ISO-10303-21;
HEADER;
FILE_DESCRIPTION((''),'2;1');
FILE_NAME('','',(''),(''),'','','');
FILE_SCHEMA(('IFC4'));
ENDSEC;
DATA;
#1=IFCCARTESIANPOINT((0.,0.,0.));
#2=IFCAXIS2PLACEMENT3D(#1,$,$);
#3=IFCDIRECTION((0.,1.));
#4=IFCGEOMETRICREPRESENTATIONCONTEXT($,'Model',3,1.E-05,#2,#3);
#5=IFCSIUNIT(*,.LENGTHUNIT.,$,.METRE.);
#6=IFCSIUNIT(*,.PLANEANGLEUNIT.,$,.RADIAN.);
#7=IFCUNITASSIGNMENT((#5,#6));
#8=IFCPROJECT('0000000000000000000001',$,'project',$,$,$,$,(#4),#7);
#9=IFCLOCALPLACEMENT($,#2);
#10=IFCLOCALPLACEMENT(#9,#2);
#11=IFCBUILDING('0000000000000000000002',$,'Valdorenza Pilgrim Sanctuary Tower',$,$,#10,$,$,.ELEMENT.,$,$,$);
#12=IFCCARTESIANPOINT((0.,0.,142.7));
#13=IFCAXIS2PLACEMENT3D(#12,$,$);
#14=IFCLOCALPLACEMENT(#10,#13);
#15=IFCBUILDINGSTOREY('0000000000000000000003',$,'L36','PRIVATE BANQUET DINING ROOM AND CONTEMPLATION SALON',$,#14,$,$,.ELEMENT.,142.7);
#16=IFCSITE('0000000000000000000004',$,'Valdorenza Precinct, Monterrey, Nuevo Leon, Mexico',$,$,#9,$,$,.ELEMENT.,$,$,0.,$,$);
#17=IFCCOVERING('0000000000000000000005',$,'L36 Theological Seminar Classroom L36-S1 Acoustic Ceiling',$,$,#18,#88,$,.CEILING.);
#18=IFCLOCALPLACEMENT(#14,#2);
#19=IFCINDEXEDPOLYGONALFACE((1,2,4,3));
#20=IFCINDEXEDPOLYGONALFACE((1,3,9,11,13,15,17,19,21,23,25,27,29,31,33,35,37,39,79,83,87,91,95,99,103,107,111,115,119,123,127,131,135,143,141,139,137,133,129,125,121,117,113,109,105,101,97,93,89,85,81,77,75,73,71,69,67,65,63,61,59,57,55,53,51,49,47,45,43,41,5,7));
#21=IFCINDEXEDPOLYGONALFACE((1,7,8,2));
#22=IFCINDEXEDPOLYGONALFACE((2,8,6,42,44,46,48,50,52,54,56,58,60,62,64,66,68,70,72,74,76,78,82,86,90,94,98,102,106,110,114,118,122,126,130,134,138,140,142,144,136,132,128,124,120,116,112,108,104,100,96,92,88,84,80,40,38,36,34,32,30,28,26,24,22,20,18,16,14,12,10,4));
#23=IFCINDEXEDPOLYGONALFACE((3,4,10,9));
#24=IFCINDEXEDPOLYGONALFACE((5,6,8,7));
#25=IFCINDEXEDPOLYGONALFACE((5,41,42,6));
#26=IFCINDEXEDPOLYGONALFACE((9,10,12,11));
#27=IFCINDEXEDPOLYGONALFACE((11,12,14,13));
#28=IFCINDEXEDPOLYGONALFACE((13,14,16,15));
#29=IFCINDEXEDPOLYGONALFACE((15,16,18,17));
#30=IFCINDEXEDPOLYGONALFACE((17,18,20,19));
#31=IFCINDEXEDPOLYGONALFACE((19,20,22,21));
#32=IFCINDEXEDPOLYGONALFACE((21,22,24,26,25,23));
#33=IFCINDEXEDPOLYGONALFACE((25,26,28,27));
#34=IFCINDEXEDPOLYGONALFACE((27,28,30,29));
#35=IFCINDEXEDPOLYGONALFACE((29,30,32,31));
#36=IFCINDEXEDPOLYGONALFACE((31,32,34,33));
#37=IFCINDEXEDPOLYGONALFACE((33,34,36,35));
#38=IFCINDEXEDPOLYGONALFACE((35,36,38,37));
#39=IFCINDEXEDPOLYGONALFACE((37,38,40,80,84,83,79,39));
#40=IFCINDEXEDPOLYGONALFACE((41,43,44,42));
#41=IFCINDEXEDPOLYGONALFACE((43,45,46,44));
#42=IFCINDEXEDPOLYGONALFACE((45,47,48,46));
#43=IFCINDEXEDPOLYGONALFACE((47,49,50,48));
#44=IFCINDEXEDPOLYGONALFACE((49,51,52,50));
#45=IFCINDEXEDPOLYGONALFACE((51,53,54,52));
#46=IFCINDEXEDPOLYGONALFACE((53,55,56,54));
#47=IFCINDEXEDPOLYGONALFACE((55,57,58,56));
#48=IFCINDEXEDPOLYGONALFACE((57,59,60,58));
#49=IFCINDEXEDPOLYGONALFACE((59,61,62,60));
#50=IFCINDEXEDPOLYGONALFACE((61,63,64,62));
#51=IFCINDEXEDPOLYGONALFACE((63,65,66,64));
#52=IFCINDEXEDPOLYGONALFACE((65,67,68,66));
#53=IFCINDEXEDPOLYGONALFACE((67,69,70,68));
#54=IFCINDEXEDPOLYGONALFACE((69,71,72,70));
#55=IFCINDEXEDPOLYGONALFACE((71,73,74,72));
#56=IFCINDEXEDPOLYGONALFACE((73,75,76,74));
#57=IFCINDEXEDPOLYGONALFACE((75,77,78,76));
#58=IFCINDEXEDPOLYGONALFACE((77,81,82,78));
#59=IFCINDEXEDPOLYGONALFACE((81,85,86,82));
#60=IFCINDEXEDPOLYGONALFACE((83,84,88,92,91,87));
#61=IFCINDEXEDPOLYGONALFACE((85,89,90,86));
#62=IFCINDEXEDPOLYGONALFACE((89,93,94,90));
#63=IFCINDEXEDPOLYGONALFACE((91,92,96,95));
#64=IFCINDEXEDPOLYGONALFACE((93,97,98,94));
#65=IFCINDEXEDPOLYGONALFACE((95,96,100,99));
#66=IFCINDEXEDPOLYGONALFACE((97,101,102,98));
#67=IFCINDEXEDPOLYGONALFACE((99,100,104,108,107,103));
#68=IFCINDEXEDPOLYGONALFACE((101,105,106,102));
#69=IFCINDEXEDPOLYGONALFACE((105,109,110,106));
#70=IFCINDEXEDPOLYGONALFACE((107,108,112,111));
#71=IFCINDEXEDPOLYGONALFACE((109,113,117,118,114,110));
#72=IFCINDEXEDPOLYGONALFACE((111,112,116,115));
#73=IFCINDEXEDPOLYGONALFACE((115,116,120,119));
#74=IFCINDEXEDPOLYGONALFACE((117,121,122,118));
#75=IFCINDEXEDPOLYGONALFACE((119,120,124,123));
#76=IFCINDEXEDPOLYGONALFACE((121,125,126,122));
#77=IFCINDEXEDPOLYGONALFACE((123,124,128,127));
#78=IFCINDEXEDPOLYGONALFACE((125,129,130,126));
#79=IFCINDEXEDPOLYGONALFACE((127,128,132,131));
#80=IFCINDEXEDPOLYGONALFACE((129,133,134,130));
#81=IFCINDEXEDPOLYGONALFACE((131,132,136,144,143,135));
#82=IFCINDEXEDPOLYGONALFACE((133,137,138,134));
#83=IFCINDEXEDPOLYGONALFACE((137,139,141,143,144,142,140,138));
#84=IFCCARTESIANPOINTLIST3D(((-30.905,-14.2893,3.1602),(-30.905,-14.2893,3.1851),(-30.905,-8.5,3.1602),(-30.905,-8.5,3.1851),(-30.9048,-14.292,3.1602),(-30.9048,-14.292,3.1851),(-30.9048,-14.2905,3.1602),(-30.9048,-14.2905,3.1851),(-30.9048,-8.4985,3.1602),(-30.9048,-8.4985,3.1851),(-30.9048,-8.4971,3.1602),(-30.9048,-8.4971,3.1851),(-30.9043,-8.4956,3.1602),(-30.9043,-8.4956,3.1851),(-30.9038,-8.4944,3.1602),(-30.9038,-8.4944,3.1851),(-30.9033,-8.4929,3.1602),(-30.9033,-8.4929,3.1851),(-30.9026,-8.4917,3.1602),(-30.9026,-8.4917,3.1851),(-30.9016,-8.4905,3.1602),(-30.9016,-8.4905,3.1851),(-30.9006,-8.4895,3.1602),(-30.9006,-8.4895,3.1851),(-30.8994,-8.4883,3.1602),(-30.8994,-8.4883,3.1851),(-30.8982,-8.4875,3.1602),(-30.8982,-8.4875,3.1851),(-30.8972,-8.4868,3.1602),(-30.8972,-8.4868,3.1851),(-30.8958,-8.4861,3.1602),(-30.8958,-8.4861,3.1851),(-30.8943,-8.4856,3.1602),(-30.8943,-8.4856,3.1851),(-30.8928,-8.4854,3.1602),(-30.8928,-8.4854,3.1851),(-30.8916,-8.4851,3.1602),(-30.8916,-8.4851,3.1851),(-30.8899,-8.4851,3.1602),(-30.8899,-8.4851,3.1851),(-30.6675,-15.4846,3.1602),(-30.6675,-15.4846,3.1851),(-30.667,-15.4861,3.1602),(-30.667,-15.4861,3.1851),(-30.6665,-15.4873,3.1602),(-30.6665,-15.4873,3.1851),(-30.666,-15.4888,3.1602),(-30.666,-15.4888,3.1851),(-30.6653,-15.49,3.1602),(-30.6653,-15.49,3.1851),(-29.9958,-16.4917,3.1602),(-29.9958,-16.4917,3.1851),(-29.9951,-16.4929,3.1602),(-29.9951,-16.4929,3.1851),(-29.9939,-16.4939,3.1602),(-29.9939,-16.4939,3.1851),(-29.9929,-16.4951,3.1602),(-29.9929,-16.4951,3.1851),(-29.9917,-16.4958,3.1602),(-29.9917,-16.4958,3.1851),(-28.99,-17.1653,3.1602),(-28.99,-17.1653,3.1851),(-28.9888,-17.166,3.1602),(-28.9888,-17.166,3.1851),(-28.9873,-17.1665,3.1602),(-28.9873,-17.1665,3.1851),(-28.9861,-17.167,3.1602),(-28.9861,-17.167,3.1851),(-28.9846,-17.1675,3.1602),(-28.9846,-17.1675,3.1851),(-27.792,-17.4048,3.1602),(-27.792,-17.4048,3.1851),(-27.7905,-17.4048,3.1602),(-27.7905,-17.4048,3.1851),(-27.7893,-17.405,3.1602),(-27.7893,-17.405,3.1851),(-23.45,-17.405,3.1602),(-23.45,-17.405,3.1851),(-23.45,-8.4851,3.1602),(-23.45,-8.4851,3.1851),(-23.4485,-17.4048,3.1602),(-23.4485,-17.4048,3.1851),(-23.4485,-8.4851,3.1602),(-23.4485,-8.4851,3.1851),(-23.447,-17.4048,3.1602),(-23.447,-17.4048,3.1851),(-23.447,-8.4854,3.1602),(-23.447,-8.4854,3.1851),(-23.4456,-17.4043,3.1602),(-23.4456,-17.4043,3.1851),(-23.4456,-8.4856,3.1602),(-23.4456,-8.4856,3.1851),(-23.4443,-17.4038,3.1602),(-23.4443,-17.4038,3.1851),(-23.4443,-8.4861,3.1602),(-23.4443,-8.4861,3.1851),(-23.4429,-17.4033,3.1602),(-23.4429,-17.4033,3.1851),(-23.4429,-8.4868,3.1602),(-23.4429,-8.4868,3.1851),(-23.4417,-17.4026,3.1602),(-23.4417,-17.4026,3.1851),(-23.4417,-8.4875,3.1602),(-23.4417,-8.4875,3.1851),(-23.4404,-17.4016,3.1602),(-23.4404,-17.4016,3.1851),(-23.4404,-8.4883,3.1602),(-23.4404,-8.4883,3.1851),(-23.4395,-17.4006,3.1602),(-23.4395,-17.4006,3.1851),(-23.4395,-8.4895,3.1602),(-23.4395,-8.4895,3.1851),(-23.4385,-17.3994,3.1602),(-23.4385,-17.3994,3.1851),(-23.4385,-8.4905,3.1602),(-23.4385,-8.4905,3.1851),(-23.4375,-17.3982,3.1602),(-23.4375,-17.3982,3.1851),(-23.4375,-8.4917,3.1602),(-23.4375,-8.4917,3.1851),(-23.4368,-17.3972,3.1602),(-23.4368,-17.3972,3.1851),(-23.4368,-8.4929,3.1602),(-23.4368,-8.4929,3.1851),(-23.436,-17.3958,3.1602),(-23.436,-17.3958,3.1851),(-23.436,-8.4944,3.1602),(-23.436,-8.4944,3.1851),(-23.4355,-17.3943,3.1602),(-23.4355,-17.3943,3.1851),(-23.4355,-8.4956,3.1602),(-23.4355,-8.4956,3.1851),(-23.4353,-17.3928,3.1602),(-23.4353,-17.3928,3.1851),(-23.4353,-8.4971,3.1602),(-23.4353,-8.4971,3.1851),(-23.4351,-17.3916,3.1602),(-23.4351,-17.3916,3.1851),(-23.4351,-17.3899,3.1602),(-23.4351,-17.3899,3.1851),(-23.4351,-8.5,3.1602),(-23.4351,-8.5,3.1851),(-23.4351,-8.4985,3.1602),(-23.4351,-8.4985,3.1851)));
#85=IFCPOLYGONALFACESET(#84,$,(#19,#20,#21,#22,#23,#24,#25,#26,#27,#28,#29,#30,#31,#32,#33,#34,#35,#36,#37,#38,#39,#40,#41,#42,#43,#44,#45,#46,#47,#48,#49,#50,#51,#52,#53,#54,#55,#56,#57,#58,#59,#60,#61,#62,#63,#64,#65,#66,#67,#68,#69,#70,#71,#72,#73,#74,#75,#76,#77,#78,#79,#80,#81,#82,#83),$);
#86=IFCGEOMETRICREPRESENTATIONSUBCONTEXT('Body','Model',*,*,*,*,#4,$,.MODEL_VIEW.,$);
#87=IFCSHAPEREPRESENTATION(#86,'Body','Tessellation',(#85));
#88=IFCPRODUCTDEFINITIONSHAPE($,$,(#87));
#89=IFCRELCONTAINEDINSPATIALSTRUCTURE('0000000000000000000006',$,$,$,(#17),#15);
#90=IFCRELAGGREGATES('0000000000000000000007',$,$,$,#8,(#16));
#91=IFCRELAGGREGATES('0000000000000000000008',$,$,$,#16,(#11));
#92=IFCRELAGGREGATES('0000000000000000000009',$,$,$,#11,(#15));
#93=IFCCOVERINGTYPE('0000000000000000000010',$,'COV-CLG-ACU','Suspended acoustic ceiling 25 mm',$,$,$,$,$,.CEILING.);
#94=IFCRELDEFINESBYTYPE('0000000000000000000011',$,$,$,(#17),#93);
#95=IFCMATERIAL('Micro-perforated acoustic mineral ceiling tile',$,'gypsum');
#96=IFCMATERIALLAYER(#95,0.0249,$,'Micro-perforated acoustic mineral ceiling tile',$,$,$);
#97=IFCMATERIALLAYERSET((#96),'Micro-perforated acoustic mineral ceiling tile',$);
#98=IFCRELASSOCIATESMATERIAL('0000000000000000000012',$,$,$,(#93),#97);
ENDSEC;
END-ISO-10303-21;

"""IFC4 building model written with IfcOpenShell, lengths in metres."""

from ifc_helpers import new_model, si_unit, direction, frame, origin, place, context, subcontext, project, spatial, polyline, outline, extrude, material, layer, layer_set, type_object, element, save


model = new_model("IFC4")

# Units and contexts
model_context = context("Model", 3, precision=1e-05, world=origin(), true_north=direction((0.0, 1.0)))
body_context = subcontext(model_context, "Body", "Model", "MODEL_VIEW")
ifc_project = project(units=[si_unit("LENGTHUNIT", "METRE"), si_unit("PLANEANGLEUNIT", "RADIAN")], contexts=[model_context])

# Site, building, storey
site_placement = place(None, origin())
site = spatial("IfcSite", under=ifc_project, at=site_placement, Name="Valdorenza Precinct, Monterrey, Nuevo Leon, Mexico", CompositionType="ELEMENT", RefElevation=0.0)
building_placement = place(site_placement, origin())
building = spatial("IfcBuilding", under=site, at=building_placement, Name="Valdorenza Pilgrim Sanctuary Tower", CompositionType="ELEMENT")
storey_placement = place(building_placement, frame((0.0, 0.0, 142.7)))
storey = spatial("IfcBuildingStorey", under=building, at=storey_placement, Name="L36", Description="PRIVATE BANQUET DINING ROOM AND CONTEMPLATION SALON", CompositionType="ELEMENT", Elevation=142.7)

# Covering
ifc_material_1 = material(Name="Micro-perforated acoustic mineral ceiling tile", Category="gypsum")
ifc_layer_1 = layer(ifc_material_1, 0.0249, Name="Micro-perforated acoustic mineral ceiling tile")
ifc_layer_set_1 = layer_set([ifc_layer_1], Name="Micro-perforated acoustic mineral ceiling tile")
covering_type_1 = type_object("IfcCoveringType", Name="COV-CLG-ACU", Description="Suspended acoustic ceiling 25 mm", PredefinedType="CEILING", material=ifc_layer_set_1)
covering_1_placement = place(storey_placement, frame((0.0, 0.0, 3.1602)))
element("IfcCovering", 1, at=covering_1_placement, inside=storey, type_object=covering_type_1, Name="L36 Theological Seminar Classroom L36-S1 Acoustic Ceiling", PredefinedType="CEILING", context=body_context, shape_type="SweptSolid", body=[
    extrude(outline(polyline([(-23.4351, -17.3899), (-23.4351, -17.3916), (-23.4353, -17.3928), (-23.4355, -17.3943), (-23.436, -17.3958), (-23.4368, -17.3972), (-23.4375, -17.3982), (-23.4385, -17.3994), (-23.4395, -17.4006), (-23.4404, -17.4016), (-23.4417, -17.4026), (-23.4429, -17.4033), (-23.4443, -17.4038), (-23.4456, -17.4043), (-23.447, -17.4048), (-23.4485, -17.4048), (-23.45, -17.405), (-27.7893, -17.405), (-27.7905, -17.4048), (-27.792, -17.4048), (-28.9846, -17.1675), (-28.9861, -17.167), (-28.9873, -17.1665), (-28.9888, -17.166), (-28.99, -17.1653), (-29.9917, -16.4958), (-29.9929, -16.4951), (-29.9939, -16.4939), (-29.9951, -16.4929), (-29.9958, -16.4917), (-30.6653, -15.49), (-30.666, -15.4888), (-30.6665, -15.4873), (-30.667, -15.4861), (-30.6675, -15.4846), (-30.9048, -14.292), (-30.9048, -14.2905), (-30.905, -14.2893), (-30.905, -8.5), (-30.9048, -8.4985), (-30.9048, -8.4971), (-30.9043, -8.4956), (-30.9038, -8.4944), (-30.9033, -8.4929), (-30.9026, -8.4917), (-30.9016, -8.4905), (-30.9006, -8.4895), (-30.8994, -8.4883), (-30.8982, -8.4875), (-30.8972, -8.4868), (-30.8958, -8.4861), (-30.8943, -8.4856), (-30.8928, -8.4854), (-30.8916, -8.4851), (-30.8899, -8.4851), (-23.45, -8.4851), (-23.4485, -8.4851), (-23.447, -8.4854), (-23.4456, -8.4856), (-23.4443, -8.4861), (-23.4429, -8.4868), (-23.4417, -8.4875), (-23.4404, -8.4883), (-23.4395, -8.4895), (-23.4385, -8.4905), (-23.4375, -8.4917), (-23.4368, -8.4929), (-23.436, -8.4944), (-23.4355, -8.4956), (-23.4353, -8.4971), (-23.4351, -8.4985), (-23.4351, -8.5), (-23.4351, -17.3899)])), origin(), (0.0, 0.0, 1.0), 0.0249),
])

save(model, "model.ifc")
